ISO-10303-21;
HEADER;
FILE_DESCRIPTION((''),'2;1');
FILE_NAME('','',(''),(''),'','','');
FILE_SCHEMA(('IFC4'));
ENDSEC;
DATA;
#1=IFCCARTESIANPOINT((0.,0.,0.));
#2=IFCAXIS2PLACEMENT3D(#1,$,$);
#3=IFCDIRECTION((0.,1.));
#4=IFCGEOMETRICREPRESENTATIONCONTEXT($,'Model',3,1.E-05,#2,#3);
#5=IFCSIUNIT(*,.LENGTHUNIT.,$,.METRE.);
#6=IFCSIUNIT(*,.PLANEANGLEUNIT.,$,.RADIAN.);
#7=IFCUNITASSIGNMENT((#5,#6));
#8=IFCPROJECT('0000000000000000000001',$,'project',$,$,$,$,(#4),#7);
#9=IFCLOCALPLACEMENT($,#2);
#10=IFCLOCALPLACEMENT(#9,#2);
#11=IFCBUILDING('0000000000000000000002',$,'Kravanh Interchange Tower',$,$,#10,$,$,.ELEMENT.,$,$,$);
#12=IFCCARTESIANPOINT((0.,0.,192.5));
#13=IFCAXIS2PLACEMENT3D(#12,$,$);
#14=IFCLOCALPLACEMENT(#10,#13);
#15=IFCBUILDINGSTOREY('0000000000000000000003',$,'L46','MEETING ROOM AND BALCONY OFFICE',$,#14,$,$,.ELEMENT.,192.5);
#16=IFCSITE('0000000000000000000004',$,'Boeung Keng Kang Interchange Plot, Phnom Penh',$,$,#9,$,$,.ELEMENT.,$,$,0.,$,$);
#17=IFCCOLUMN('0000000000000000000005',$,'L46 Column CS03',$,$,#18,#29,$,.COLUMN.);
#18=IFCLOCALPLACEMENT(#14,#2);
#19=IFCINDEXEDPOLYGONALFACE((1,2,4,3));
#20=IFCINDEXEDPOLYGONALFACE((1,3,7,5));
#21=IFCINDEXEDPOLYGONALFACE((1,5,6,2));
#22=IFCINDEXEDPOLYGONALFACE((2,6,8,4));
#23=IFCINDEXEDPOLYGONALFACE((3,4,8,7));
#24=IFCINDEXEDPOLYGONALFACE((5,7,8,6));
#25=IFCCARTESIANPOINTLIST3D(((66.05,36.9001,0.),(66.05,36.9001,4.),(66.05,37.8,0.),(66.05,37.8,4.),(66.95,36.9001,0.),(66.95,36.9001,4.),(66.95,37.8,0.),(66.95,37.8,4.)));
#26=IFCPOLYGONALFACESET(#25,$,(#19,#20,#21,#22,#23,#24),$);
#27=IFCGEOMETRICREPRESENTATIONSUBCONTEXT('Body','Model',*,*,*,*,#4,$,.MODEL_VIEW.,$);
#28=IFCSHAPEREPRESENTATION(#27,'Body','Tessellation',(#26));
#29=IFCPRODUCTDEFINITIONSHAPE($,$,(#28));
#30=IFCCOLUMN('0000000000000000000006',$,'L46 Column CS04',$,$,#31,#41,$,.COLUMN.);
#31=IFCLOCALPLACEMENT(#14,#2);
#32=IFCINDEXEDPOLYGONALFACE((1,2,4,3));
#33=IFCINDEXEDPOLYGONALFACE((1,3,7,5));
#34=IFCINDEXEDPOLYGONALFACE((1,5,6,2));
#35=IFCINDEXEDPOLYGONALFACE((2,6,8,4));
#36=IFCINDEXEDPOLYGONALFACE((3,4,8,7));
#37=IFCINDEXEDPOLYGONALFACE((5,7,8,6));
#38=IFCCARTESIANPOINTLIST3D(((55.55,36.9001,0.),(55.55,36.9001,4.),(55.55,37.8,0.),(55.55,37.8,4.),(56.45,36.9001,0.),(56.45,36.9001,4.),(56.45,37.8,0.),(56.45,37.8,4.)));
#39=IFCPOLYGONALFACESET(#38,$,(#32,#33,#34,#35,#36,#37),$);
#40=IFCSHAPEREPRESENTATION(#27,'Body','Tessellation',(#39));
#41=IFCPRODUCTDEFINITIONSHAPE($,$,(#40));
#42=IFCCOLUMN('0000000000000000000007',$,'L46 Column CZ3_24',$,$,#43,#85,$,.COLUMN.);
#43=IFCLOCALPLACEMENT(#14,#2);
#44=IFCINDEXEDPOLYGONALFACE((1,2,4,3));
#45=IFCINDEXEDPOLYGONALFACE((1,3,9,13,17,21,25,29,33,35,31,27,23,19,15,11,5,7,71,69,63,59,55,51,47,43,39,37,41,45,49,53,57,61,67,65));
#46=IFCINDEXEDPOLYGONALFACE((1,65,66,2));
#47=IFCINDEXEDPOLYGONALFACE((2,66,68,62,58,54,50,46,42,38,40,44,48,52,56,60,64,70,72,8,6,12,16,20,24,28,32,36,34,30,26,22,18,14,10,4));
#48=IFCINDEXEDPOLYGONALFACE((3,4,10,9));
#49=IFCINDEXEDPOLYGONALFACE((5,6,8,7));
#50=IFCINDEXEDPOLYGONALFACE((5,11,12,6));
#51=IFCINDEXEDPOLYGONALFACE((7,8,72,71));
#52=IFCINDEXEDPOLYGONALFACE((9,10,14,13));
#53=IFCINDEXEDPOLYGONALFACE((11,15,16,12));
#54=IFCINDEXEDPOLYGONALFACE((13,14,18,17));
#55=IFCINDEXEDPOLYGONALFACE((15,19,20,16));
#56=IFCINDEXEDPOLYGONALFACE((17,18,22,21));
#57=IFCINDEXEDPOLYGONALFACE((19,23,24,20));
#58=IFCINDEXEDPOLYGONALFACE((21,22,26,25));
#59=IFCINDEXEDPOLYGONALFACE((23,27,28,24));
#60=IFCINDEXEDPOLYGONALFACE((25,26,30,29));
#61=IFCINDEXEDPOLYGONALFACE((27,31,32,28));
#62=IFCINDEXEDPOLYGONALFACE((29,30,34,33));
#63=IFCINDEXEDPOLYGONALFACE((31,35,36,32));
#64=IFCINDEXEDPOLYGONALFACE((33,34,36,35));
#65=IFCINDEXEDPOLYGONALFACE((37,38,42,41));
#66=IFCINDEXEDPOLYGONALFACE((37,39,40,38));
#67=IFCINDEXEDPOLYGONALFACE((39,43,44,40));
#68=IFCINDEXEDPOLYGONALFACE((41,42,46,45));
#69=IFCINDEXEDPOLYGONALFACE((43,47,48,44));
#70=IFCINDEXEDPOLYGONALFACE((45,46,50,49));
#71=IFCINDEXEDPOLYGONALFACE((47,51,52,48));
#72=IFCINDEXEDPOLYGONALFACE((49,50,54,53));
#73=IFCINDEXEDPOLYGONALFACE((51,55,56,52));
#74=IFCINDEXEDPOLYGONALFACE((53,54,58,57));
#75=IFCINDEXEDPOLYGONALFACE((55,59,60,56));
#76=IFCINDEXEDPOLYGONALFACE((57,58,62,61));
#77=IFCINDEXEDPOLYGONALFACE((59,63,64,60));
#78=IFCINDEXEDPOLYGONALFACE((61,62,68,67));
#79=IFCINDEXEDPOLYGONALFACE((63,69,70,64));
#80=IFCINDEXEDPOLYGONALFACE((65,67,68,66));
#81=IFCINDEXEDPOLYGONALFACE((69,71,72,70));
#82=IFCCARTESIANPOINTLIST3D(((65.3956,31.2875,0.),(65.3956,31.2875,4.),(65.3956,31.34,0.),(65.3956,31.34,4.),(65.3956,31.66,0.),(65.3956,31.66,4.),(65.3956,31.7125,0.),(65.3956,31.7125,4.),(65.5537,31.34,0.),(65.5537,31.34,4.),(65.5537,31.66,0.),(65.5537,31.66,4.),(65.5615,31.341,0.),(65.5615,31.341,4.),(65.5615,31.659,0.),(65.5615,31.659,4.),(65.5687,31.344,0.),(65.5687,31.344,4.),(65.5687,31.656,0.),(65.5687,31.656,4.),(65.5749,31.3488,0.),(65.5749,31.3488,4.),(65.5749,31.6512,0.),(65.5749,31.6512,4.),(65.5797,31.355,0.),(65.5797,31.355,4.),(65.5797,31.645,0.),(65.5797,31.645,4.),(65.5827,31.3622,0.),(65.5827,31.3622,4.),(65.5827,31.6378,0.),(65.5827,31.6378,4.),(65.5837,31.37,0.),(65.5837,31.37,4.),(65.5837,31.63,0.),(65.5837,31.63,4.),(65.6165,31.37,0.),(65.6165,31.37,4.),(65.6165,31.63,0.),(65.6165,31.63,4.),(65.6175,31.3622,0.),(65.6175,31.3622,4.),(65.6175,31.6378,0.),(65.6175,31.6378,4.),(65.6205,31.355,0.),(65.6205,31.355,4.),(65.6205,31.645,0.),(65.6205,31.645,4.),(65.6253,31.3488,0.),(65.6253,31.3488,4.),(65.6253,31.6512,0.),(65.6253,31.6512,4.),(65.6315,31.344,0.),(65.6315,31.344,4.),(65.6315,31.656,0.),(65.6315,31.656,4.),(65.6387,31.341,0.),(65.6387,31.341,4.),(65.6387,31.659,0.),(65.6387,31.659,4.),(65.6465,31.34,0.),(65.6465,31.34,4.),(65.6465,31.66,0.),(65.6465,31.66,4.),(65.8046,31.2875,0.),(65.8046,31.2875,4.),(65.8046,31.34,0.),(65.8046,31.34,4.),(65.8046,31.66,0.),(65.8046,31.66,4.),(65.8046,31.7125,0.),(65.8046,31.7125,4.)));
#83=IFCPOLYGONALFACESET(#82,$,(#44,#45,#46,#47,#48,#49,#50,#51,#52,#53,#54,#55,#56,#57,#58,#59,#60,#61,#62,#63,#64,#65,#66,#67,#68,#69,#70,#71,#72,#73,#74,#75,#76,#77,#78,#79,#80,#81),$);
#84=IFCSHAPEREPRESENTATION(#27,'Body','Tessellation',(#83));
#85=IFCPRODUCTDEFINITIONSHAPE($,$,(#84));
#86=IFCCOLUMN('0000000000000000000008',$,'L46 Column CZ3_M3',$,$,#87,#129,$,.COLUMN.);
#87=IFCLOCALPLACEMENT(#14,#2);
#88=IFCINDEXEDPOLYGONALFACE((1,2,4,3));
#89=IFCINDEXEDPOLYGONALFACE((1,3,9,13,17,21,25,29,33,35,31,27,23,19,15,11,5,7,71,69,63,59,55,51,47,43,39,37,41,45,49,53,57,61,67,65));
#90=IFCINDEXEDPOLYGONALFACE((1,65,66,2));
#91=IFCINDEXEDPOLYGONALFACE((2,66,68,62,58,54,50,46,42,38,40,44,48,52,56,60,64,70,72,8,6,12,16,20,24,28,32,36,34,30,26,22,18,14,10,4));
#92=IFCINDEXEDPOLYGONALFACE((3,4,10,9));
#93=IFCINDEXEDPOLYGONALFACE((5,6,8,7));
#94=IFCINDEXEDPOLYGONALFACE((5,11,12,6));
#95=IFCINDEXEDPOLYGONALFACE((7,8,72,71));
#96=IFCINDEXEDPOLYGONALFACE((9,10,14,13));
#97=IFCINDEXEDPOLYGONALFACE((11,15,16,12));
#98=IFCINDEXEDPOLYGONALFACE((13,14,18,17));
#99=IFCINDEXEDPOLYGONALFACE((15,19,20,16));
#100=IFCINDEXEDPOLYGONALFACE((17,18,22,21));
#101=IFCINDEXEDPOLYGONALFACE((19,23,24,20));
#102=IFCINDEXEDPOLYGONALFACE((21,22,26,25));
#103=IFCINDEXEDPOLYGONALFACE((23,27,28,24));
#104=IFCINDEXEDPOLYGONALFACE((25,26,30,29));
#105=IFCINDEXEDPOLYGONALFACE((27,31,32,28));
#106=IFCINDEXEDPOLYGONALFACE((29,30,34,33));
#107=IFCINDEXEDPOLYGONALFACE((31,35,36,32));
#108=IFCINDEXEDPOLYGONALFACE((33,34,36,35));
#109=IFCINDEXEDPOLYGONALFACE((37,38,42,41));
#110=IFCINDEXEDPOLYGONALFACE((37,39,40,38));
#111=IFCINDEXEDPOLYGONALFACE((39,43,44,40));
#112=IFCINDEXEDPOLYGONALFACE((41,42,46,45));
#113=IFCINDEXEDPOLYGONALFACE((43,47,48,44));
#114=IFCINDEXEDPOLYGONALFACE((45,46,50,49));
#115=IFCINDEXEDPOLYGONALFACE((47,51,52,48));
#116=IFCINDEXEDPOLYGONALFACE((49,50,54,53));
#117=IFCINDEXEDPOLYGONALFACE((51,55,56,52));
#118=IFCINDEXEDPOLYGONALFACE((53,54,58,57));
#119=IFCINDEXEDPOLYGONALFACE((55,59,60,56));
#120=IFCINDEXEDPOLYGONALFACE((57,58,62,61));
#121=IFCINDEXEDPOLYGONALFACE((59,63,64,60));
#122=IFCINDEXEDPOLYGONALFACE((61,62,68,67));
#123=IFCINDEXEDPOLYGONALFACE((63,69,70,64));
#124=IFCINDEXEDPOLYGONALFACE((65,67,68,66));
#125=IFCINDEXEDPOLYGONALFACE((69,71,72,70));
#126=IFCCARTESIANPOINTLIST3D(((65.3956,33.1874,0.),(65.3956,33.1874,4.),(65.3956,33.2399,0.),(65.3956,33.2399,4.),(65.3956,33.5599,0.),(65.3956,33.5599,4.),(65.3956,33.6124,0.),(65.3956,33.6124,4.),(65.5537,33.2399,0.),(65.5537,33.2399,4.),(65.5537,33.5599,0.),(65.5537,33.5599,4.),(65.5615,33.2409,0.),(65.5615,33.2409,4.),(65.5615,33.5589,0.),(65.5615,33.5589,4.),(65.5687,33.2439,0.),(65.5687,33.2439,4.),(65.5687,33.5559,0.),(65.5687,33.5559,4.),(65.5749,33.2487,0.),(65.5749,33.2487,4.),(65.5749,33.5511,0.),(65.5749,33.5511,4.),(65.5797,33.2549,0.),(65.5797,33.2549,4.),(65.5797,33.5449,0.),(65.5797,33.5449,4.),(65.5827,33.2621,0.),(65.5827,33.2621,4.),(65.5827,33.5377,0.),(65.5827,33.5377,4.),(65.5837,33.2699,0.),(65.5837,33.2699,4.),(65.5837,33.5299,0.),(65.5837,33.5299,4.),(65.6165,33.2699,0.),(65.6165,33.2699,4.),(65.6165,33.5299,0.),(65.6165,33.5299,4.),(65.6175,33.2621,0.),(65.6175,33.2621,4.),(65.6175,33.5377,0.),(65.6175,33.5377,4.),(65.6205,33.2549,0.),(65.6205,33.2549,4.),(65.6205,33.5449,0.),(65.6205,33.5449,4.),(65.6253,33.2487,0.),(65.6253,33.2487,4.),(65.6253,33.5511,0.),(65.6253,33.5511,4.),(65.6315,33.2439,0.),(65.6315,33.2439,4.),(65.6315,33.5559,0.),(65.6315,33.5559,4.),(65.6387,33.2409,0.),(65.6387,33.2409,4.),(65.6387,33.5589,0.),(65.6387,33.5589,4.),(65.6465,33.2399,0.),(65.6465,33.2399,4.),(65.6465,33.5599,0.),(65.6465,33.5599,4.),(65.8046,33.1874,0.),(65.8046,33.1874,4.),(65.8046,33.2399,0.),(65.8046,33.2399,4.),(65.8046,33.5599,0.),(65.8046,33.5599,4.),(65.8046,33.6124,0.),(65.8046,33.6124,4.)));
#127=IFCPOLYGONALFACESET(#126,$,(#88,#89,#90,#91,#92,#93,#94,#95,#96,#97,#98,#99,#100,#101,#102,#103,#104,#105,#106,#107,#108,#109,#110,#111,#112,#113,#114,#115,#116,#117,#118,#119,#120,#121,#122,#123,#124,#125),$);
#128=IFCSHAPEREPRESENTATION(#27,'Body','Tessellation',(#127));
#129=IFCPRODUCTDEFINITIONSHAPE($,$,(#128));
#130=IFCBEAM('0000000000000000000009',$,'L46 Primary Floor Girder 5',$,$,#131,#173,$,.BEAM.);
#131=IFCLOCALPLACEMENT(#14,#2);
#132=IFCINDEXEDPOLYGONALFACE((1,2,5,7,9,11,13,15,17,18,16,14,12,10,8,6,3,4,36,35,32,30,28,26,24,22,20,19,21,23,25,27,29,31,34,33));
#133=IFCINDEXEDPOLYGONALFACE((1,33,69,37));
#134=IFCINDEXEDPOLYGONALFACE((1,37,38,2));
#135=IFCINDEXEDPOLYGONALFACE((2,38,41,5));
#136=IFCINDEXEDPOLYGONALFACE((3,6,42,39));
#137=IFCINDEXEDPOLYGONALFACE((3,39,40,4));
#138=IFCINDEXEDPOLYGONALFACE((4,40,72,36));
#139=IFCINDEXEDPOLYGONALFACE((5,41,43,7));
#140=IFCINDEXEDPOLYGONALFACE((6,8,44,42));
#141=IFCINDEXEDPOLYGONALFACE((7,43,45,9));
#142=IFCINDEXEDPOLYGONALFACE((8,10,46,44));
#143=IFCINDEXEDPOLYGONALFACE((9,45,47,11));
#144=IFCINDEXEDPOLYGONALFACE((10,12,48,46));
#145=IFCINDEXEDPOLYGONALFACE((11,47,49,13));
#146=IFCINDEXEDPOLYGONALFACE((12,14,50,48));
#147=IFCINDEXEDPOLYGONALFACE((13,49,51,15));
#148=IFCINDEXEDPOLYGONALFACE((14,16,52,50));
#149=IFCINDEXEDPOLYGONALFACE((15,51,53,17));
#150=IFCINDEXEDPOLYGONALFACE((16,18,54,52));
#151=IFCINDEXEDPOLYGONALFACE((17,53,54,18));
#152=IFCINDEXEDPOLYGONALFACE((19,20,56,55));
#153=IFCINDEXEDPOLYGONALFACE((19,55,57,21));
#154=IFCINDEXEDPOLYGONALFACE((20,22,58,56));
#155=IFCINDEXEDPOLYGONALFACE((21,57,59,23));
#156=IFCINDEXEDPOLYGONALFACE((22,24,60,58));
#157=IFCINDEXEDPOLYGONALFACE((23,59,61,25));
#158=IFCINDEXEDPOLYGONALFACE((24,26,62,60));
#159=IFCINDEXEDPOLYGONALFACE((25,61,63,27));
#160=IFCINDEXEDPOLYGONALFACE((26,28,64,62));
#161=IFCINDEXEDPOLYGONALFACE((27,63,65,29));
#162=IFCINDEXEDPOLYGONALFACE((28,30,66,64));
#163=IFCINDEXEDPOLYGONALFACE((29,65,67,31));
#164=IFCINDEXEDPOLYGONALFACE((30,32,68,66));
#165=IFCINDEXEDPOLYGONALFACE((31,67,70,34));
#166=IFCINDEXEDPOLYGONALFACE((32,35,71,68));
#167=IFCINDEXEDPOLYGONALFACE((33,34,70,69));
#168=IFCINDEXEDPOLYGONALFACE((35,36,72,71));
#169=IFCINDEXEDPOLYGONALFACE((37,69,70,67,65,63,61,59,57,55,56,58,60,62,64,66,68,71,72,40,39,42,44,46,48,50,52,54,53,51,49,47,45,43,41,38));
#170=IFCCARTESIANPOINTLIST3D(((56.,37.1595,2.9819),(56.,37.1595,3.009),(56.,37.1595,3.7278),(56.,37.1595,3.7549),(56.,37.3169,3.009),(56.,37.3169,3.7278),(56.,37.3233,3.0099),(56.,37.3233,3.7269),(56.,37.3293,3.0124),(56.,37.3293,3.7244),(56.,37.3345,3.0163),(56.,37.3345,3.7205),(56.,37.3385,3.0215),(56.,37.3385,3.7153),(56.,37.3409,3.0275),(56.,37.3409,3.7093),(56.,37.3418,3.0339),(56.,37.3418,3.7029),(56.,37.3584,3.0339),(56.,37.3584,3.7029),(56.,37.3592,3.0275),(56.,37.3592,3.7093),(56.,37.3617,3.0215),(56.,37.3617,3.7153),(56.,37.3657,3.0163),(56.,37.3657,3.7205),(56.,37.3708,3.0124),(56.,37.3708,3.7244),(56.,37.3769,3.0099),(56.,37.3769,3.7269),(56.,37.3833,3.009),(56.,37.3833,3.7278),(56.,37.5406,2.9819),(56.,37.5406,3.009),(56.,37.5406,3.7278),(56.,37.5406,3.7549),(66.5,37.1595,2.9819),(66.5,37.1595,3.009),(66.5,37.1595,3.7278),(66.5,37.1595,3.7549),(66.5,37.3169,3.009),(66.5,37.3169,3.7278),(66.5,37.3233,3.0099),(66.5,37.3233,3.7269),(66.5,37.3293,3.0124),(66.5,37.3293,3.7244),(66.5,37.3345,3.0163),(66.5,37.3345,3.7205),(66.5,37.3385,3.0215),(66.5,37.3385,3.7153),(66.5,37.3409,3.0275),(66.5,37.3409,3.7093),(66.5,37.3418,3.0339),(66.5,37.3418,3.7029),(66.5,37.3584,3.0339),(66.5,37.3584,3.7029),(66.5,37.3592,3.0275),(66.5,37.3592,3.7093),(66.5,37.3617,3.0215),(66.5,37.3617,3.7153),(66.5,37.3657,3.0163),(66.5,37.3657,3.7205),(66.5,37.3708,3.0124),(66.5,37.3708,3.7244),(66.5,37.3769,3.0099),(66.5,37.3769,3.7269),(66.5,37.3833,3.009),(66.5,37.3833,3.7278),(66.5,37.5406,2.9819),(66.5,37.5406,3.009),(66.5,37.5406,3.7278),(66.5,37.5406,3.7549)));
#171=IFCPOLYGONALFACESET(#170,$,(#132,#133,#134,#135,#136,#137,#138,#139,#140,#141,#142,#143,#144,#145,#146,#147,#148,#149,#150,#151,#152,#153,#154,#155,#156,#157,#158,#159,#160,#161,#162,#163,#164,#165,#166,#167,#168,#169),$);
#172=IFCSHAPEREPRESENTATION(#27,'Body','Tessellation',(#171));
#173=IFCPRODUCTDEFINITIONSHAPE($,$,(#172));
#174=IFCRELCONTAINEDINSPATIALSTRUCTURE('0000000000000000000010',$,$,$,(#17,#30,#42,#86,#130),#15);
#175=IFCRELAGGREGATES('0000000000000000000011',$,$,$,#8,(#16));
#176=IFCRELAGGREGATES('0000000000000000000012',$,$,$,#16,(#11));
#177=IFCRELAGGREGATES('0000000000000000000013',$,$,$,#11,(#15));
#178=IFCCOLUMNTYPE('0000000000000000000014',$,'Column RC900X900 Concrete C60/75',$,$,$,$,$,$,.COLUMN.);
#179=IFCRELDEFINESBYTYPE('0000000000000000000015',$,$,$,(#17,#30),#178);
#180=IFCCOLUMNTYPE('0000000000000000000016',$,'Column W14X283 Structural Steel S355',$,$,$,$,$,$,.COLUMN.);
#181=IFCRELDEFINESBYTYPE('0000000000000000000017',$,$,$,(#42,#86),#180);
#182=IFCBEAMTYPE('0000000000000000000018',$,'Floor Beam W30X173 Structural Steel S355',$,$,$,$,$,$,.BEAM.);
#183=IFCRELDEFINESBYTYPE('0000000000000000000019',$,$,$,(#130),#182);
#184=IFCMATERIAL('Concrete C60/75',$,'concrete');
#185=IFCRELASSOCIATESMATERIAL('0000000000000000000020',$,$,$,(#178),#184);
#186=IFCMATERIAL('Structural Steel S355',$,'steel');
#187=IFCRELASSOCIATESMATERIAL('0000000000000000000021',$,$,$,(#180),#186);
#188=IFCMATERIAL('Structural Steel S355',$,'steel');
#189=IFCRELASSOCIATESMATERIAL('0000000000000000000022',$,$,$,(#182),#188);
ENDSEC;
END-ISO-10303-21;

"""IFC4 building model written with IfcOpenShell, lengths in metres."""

from ifc_helpers import new_model, si_unit, direction, frame, origin, origin_2d, place, context, subcontext, project, spatial, rectangle, i_section, extrude, material, material_profile, profile_set, type_object, element, save


model = new_model("IFC4")

# Units and contexts
model_context = context("Model", 3, precision=1e-05, world=origin(), true_north=direction((0.0, 1.0)))
body_context = subcontext(model_context, "Body", "Model", "MODEL_VIEW")
ifc_project = project(units=[si_unit("LENGTHUNIT", "METRE"), si_unit("PLANEANGLEUNIT", "RADIAN")], contexts=[model_context])

# Site, building, storey
site_placement = place(None, origin())
site = spatial("IfcSite", under=ifc_project, at=site_placement, Name="Boeung Keng Kang Interchange Plot, Phnom Penh", CompositionType="ELEMENT", RefElevation=0.0)
building_placement = place(site_placement, origin())
building = spatial("IfcBuilding", under=site, at=building_placement, Name="Kravanh Interchange Tower", CompositionType="ELEMENT")
storey_placement = place(building_placement, frame((0.0, 0.0, 192.5)))
storey = spatial("IfcBuildingStorey", under=building, at=storey_placement, Name="L46", Description="MEETING ROOM AND BALCONY OFFICE", CompositionType="ELEMENT", Elevation=192.5)

# Columns
ifc_material_1 = material(Name="Concrete C60/75", Category="concrete")
ifc_material_profile_1 = material_profile(ifc_material_1, rectangle(XDim=0.8999, YDim=0.8999, at=origin_2d()), Name="RC900X900")
ifc_profile_set_1 = profile_set([ifc_material_profile_1], Name="Concrete C60/75")
column_type_1 = type_object("IfcColumnType", Name="Column RC900X900 Concrete C60/75", PredefinedType="COLUMN", material=ifc_profile_set_1)
for number, where, z_axis, x_axis, name in (
    (1, (66.5, 37.3501, 0.0), (0.0, 0.0, 1.0), (1.0, 0.0, 0.0), "L46 Column CS03"),
    (2, (56.0, 37.3501, 0.0), (0.0, 0.0, 1.0), (1.0, 0.0, 0.0), "L46 Column CS04"),
):
    element("IfcColumn", number, at=place(storey_placement, frame(where, z_axis=z_axis, x_axis=x_axis)), inside=storey, type_object=column_type_1, Name=name, PredefinedType="COLUMN", context=body_context, shape_type="SweptSolid", body=[
        extrude(rectangle(XDim=0.8999, YDim=0.8999, at=origin_2d()), origin(), (0.0, 0.0, 1.0), 4.0),
    ])
ifc_material_2 = material(Name="Structural Steel S355", Category="steel")
ifc_material_profile_2 = material_profile(ifc_material_2, i_section(OverallWidth=0.4089, OverallDepth=0.425, WebThickness=0.0327, FlangeThickness=0.0525, FilletRadius=0.03, at=origin_2d()), Name="W14X283")
ifc_profile_set_2 = profile_set([ifc_material_profile_2], Name="Structural Steel S355")
column_type_2 = type_object("IfcColumnType", Name="Column W14X283 Structural Steel S355", PredefinedType="COLUMN", material=ifc_profile_set_2)
for number, where, z_axis, x_axis, name in (
    (3, (65.6001, 31.5, 0.0), (0.0, 0.0, 1.0), (1.0, 0.0, 0.0), "L46 Column CZ3_24"),
    (4, (65.6001, 33.3999, 0.0), (0.0, 0.0, 1.0), (1.0, 0.0, 0.0), "L46 Column CZ3_M3"),
):
    element("IfcColumn", number, at=place(storey_placement, frame(where, z_axis=z_axis, x_axis=x_axis)), inside=storey, type_object=column_type_2, Name=name, PredefinedType="COLUMN", context=body_context, shape_type="SweptSolid", body=[
        extrude(i_section(OverallWidth=0.4089, OverallDepth=0.425, WebThickness=0.0327, FlangeThickness=0.0525, FilletRadius=0.03, at=origin_2d()), origin(), (0.0, 0.0, 1.0), 4.0),
    ])

# Beam
ifc_material_3 = material(Name="Structural Steel S355", Category="steel")
ifc_material_profile_3 = material_profile(ifc_material_3, i_section(OverallWidth=0.3811, OverallDepth=0.7729, WebThickness=0.0166, FlangeThickness=0.0271, FilletRadius=0.0249, at=origin_2d()), Name="W30X173")
ifc_profile_set_3 = profile_set([ifc_material_profile_3], Name="Structural Steel S355")
beam_type_1 = type_object("IfcBeamType", Name="Floor Beam W30X173 Structural Steel S355", PredefinedType="BEAM", material=ifc_profile_set_3)
beam_1_placement = place(storey_placement, frame((66.5, 37.3501, 3.3684), z_axis=(-1.0, 0.0, 0.0), x_axis=(0.0, -1.0, 0.0)))
element("IfcBeam", 5, at=beam_1_placement, inside=storey, type_object=beam_type_1, Name="L46 Primary Floor Girder 5", PredefinedType="BEAM", context=body_context, shape_type="SweptSolid", body=[
    extrude(i_section(OverallWidth=0.3811, OverallDepth=0.7729, WebThickness=0.0166, FlangeThickness=0.0271, FilletRadius=0.0249, at=origin_2d()), origin(), (0.0, 0.0, 1.0), 10.5),
])

save(model, "model.ifc")
